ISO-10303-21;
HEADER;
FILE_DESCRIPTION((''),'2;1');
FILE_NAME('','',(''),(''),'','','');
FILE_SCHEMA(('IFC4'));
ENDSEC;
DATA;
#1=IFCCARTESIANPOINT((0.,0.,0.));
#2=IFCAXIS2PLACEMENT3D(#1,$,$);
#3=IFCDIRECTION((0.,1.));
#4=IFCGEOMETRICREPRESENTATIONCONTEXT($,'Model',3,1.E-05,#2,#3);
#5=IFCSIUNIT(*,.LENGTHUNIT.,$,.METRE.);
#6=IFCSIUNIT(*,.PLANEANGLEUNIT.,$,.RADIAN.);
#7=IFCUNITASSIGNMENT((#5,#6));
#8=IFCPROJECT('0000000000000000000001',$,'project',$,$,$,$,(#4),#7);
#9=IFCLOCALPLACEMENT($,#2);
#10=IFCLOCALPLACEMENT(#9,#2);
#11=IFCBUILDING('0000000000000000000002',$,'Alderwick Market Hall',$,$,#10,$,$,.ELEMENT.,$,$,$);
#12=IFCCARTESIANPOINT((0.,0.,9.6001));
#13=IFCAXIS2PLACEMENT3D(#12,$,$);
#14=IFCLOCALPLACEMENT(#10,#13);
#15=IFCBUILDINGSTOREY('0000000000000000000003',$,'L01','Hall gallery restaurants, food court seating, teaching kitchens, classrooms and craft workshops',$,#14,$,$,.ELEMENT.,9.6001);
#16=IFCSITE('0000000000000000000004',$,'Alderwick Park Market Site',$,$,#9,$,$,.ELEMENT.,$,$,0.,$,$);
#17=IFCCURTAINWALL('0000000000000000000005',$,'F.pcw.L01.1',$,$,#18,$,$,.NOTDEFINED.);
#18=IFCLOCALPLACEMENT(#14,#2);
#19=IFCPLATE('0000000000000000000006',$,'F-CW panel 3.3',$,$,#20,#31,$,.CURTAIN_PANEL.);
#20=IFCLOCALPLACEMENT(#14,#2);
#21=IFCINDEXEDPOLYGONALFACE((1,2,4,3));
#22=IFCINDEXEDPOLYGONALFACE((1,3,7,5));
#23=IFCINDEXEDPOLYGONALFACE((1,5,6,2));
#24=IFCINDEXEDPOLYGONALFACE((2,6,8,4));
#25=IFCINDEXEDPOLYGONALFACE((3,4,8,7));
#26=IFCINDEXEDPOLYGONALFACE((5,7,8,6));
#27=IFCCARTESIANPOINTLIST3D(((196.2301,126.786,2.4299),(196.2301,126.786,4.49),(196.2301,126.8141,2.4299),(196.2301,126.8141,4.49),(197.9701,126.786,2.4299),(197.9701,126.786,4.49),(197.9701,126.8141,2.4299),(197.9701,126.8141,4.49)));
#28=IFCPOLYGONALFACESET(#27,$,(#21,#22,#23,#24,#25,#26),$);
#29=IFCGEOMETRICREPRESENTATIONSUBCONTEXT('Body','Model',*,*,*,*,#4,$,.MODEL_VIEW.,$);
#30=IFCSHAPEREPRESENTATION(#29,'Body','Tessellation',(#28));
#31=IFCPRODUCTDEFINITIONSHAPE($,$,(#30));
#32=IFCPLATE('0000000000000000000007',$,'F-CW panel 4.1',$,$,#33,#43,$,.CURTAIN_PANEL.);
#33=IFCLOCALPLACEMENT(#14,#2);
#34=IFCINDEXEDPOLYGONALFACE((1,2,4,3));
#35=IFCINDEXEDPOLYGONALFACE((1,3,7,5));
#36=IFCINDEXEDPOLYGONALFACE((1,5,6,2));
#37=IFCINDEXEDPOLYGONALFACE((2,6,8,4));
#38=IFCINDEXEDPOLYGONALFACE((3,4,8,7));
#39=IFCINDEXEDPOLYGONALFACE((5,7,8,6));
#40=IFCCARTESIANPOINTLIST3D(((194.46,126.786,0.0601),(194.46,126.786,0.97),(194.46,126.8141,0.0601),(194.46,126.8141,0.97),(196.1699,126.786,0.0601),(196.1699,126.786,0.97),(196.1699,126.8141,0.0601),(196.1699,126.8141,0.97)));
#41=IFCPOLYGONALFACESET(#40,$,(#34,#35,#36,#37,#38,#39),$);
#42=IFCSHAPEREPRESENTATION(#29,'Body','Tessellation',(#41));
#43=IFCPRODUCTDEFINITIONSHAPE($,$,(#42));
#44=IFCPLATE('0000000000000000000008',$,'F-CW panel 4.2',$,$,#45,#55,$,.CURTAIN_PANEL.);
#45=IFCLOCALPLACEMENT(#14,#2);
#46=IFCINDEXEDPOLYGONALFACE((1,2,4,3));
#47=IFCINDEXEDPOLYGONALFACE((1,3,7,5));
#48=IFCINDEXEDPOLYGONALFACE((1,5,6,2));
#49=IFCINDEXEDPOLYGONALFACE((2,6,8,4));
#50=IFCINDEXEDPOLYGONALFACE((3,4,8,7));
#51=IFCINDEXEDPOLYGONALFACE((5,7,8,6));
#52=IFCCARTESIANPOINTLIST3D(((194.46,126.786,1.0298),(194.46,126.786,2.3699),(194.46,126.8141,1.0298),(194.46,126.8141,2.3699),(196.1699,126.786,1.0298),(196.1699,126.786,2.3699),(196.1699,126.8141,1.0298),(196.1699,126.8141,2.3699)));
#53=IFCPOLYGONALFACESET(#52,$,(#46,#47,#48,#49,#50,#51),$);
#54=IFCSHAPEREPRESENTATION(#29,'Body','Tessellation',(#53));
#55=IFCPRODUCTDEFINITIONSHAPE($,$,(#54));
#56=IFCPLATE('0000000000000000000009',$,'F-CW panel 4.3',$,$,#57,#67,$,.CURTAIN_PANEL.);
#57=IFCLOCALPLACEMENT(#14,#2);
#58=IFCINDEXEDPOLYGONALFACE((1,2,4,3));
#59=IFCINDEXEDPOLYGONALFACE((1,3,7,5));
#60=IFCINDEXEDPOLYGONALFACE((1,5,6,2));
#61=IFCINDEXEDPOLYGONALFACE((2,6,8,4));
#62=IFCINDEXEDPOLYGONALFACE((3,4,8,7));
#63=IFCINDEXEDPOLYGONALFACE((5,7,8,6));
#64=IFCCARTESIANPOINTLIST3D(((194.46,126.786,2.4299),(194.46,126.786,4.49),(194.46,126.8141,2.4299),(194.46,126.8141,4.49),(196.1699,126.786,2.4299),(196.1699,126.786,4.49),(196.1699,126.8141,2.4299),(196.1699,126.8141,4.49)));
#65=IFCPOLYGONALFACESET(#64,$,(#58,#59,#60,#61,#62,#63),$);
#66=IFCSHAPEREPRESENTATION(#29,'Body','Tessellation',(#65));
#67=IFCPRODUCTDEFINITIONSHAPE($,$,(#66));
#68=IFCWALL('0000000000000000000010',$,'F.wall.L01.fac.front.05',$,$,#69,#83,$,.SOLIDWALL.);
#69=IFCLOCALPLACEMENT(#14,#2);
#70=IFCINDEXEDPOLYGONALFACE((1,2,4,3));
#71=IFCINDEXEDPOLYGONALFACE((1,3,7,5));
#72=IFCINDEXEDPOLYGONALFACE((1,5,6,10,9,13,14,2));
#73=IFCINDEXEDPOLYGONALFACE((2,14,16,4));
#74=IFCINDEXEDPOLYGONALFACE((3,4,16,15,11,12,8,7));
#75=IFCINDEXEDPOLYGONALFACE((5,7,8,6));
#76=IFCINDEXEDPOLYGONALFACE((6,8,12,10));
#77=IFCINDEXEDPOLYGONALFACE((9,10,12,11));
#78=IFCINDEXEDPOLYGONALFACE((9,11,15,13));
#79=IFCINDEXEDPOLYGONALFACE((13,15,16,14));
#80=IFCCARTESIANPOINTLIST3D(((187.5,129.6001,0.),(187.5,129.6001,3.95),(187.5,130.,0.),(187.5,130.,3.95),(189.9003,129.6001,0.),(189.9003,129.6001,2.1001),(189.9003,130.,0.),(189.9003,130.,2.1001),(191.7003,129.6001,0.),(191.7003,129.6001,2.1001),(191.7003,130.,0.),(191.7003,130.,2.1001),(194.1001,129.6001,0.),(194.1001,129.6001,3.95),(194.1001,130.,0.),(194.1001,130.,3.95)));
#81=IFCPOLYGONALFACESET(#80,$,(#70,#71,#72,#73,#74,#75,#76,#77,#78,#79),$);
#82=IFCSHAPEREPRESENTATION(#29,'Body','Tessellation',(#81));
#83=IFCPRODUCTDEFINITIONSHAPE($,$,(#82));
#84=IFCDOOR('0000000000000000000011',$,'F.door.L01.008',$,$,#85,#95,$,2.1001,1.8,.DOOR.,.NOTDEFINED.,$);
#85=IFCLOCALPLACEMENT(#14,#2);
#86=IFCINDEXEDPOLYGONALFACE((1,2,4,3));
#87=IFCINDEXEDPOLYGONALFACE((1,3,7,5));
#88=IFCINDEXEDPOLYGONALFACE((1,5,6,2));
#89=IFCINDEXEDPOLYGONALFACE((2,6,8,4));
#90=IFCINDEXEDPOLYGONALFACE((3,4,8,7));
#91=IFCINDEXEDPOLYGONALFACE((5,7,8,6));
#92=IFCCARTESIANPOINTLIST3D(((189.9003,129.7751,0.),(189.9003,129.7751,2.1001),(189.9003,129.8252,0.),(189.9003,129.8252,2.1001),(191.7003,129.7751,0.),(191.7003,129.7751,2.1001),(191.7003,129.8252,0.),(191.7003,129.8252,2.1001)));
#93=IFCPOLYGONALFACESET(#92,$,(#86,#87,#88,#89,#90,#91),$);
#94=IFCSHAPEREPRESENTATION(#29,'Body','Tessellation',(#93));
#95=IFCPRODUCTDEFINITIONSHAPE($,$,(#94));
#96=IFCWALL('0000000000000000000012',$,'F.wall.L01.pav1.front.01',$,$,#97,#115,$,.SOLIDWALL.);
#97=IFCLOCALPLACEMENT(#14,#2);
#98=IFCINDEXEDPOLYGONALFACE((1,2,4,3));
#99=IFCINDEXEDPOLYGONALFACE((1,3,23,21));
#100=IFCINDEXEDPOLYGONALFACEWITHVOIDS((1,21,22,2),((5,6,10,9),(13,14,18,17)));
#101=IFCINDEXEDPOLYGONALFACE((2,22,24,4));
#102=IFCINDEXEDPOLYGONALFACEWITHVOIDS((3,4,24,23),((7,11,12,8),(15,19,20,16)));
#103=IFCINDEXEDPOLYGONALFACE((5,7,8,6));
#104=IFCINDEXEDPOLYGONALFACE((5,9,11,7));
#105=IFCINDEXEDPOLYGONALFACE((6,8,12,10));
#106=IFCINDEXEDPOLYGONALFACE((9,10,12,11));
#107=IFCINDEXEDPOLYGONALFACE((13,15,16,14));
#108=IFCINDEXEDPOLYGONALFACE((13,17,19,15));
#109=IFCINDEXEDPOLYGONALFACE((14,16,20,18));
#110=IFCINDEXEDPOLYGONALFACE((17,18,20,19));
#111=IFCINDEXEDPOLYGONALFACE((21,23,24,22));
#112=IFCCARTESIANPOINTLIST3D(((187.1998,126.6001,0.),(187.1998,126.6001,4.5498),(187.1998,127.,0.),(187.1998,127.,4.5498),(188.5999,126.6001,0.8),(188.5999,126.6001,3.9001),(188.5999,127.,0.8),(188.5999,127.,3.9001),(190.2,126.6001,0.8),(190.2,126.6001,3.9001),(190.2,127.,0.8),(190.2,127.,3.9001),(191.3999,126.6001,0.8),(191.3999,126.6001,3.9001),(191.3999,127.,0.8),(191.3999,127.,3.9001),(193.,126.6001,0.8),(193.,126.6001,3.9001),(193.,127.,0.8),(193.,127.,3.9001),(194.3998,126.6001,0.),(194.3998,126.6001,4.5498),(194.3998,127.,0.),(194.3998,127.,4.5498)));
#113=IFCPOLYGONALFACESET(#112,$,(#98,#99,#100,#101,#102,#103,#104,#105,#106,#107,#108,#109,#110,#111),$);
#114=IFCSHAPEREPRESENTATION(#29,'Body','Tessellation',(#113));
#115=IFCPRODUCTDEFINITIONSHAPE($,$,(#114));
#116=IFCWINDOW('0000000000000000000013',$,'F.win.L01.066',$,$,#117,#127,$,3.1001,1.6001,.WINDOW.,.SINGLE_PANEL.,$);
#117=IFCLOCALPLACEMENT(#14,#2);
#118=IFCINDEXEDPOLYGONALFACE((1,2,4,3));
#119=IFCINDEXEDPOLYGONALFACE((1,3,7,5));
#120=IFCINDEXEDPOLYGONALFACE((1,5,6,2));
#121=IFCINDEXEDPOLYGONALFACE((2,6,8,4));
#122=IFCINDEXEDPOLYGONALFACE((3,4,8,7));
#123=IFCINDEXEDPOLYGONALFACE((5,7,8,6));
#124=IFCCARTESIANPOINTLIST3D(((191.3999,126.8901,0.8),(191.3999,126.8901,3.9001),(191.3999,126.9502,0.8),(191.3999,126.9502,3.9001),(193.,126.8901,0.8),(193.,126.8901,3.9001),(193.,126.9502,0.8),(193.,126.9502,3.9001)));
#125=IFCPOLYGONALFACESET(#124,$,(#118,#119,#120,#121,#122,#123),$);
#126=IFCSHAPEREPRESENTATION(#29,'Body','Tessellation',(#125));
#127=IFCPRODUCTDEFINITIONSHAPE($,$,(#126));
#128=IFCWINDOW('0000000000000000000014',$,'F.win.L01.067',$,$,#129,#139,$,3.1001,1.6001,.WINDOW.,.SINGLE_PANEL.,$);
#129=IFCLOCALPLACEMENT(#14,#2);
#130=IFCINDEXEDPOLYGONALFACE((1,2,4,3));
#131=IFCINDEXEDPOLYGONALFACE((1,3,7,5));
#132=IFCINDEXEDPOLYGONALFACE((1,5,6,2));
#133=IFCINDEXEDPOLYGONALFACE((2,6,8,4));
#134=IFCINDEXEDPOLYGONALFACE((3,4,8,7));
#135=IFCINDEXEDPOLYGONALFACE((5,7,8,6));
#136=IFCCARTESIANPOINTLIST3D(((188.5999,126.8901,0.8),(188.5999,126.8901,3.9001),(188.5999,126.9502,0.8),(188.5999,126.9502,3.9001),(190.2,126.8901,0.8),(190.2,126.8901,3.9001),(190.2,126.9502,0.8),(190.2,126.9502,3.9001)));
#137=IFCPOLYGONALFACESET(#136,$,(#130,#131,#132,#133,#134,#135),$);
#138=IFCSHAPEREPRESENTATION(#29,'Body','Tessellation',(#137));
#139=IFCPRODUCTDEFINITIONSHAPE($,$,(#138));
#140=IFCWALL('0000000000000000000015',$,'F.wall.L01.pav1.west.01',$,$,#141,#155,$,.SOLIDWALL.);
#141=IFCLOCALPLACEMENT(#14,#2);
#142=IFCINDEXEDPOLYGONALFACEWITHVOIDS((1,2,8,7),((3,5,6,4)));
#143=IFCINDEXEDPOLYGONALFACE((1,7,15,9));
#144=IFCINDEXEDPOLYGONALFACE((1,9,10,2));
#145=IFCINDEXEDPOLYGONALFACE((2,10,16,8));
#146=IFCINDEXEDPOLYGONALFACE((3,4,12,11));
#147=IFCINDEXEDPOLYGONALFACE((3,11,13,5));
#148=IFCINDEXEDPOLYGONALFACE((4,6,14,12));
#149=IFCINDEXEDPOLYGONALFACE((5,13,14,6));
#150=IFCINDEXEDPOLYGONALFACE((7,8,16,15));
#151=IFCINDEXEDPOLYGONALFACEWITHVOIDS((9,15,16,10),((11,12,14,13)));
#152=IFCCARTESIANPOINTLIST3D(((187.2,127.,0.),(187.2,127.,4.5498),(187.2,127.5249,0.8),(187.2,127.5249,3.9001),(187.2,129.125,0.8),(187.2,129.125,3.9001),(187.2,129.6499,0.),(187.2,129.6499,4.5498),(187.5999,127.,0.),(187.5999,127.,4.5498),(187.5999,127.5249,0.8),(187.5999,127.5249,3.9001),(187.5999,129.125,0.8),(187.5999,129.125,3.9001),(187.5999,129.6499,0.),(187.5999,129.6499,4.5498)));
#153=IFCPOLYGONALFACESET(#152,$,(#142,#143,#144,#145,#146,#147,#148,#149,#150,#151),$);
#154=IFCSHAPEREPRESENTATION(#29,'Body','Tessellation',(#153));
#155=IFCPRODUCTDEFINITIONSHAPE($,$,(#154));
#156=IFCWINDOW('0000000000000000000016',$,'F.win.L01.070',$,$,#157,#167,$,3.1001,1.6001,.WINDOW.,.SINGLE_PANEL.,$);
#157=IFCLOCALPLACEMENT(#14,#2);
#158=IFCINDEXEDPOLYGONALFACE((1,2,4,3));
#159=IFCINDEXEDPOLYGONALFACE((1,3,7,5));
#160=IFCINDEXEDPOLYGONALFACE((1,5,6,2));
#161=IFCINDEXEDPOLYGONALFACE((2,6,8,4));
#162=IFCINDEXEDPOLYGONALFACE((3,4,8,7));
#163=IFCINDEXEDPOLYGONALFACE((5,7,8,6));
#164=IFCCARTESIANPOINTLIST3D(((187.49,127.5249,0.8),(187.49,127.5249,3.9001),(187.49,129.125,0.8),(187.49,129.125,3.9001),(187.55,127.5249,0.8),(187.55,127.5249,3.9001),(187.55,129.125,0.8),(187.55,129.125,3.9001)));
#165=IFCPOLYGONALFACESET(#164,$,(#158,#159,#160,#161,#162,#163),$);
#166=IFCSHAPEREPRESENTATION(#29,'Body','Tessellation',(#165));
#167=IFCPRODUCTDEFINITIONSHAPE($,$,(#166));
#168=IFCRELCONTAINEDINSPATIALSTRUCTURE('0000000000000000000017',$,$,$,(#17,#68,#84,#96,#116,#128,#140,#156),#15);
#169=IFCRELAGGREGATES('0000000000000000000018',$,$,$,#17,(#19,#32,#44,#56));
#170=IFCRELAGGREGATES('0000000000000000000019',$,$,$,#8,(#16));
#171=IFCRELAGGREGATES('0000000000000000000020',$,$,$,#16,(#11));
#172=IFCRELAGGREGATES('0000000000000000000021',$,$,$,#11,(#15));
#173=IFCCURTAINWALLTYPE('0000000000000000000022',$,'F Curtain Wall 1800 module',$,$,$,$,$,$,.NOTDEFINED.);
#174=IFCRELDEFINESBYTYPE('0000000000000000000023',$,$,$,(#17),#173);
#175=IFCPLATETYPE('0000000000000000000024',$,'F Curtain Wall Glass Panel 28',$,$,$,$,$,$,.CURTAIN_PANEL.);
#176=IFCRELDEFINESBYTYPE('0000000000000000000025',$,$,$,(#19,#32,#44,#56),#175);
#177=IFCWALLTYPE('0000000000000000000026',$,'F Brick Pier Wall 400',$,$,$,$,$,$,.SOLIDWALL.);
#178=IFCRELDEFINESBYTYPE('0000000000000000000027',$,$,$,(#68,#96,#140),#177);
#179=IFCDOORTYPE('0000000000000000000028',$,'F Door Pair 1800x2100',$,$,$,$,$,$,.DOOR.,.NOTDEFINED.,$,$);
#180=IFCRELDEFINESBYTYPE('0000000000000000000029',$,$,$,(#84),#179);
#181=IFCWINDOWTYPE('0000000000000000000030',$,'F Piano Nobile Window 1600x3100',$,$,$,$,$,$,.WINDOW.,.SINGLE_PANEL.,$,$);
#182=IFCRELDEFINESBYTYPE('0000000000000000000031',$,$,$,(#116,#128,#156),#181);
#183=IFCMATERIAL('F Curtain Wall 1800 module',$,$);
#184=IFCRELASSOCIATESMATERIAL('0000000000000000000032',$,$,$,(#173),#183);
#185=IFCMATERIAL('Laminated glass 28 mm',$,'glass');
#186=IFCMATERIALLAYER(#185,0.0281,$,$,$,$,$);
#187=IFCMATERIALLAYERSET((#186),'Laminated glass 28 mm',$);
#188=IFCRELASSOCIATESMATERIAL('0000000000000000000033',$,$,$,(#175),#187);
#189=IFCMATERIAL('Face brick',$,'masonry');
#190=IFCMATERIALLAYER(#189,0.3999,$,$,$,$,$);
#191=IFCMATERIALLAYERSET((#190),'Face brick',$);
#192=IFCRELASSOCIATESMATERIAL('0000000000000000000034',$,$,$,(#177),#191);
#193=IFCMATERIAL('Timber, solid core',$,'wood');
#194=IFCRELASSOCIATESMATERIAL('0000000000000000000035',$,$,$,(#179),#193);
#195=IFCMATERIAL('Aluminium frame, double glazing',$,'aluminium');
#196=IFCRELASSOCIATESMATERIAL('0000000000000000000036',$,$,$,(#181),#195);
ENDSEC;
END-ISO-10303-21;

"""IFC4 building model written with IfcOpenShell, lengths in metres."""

from ifc_helpers import new_model, si_unit, direction, frame, frame_2d, origin, origin_2d, place, context, subcontext, project, spatial, rectangle, extrude, material, layer, layer_set, type_object, element, fill, aggregate, save


model = new_model("IFC4")

# Units and contexts
model_context = context("Model", 3, precision=1e-05, world=origin(), true_north=direction((0.0, 1.0)))
body_context = subcontext(model_context, "Body", "Model", "MODEL_VIEW")
ifc_project = project(units=[si_unit("LENGTHUNIT", "METRE"), si_unit("PLANEANGLEUNIT", "RADIAN")], contexts=[model_context])

# Site, building, storey
site_placement = place(None, origin())
site = spatial("IfcSite", under=ifc_project, at=site_placement, Name="Alderwick Park Market Site", CompositionType="ELEMENT", RefElevation=0.0)
building_placement = place(site_placement, origin())
building = spatial("IfcBuilding", under=site, at=building_placement, Name="Alderwick Market Hall", CompositionType="ELEMENT")
storey_placement = place(building_placement, frame((0.0, 0.0, 9.6001)))
storey = spatial("IfcBuildingStorey", under=building, at=storey_placement, Name="L01", Description="Hall gallery restaurants, food court seating, teaching kitchens, classrooms and craft workshops", CompositionType="ELEMENT", Elevation=9.6001)

# Shared definitions
ifc_material_1 = material(Name="F Curtain Wall 1800 module")
curtain_wall_type = type_object("IfcCurtainWallType", Name="F Curtain Wall 1800 module", PredefinedType="NOTDEFINED", material=ifc_material_1)

# Curtain wall
curtain_wall_1_placement = place(storey_placement, origin())
curtain_wall_1 = element("IfcCurtainWall", 1, at=curtain_wall_1_placement, inside=storey, type_object=curtain_wall_type, Name="F.pcw.L01.1", PredefinedType="NOTDEFINED")

# Plates
ifc_material_2 = material(Name="Laminated glass 28 mm", Category="glass")
ifc_layer_1 = layer(ifc_material_2, 0.0281)
ifc_layer_set_1 = layer_set([ifc_layer_1], Name="Laminated glass 28 mm")
plate_type = type_object("IfcPlateType", Name="F Curtain Wall Glass Panel 28", PredefinedType="CURTAIN_PANEL", material=ifc_layer_set_1)
plate_1_placement = place(storey_placement, frame((197.1001, 126.8, 2.4299), z_axis=(0.0, 0.0, 1.0), x_axis=(-1.0, 0.0, 0.0)))
plate_1 = element("IfcPlate", 2, at=plate_1_placement, type_object=plate_type, Name="F-CW panel 3.3", PredefinedType="CURTAIN_PANEL", context=body_context, shape_type="SweptSolid", body=[
    extrude(rectangle(XDim=1.74, YDim=0.0281, at=origin_2d()), origin(), (0.0, 0.0, 1.0), 2.0601),
])
plate_2_placement = place(storey_placement, frame((195.3149, 126.8, 0.0601), z_axis=(0.0, 0.0, 1.0), x_axis=(-1.0, 0.0, 0.0)))
plate_2 = element("IfcPlate", 3, at=plate_2_placement, type_object=plate_type, Name="F-CW panel 4.1", PredefinedType="CURTAIN_PANEL", context=body_context, shape_type="SweptSolid", body=[
    extrude(rectangle(XDim=1.71, YDim=0.0281, at=origin_2d()), origin(), (0.0, 0.0, 1.0), 0.9099),
])
plate_3_placement = place(storey_placement, frame((195.3149, 126.8, 1.0298), z_axis=(0.0, 0.0, 1.0), x_axis=(-1.0, 0.0, 0.0)))
plate_3 = element("IfcPlate", 4, at=plate_3_placement, type_object=plate_type, Name="F-CW panel 4.2", PredefinedType="CURTAIN_PANEL", context=body_context, shape_type="SweptSolid", body=[
    extrude(rectangle(XDim=1.71, YDim=0.0281, at=origin_2d()), origin(), (0.0, 0.0, 1.0), 1.3401),
])
plate_4_placement = place(storey_placement, frame((195.3149, 126.8, 2.4299), z_axis=(0.0, 0.0, 1.0), x_axis=(-1.0, 0.0, 0.0)))
plate_4 = element("IfcPlate", 5, at=plate_4_placement, type_object=plate_type, Name="F-CW panel 4.3", PredefinedType="CURTAIN_PANEL", context=body_context, shape_type="SweptSolid", body=[
    extrude(rectangle(XDim=1.71, YDim=0.0281, at=origin_2d()), origin(), (0.0, 0.0, 1.0), 2.0601),
])
aggregate(curtain_wall_1, [plate_1, plate_2, plate_3, plate_4])

# Wall, opening, door
ifc_material_3 = material(Name="Face brick", Category="masonry")
ifc_layer_2 = layer(ifc_material_3, 0.3999)
ifc_layer_set_2 = layer_set([ifc_layer_2], Name="Face brick")
wall_type = type_object("IfcWallType", Name="F Brick Pier Wall 400", PredefinedType="SOLIDWALL", material=ifc_layer_set_2)
wall_1_placement = place(storey_placement, frame((194.1001, 129.8, 0.0), z_axis=(0.0, 0.0, 1.0), x_axis=(-1.0, 0.0, 0.0)))
wall_1 = element("IfcWall", 6, at=wall_1_placement, inside=storey, type_object=wall_type, Name="F.wall.L01.fac.front.05", PredefinedType="SOLIDWALL", context=body_context, shape_type="SweptSolid", body=[
    extrude(rectangle(XDim=6.6001, YDim=0.3999, at=frame_2d((3.3, 0.0))), origin(), (0.0, 0.0, 1.0), 3.95),
])
opening_1_placement = place(wall_1_placement, frame((2.3999, 0.0, 0.0)))
opening_1 = element("IfcOpeningElement", 7, at=opening_1_placement, cuts=wall_1, PredefinedType="OPENING", context=body_context, shape_type="SweptSolid", body=[
    extrude(rectangle(XDim=1.8, YDim=2.1001, at=frame_2d((0.8999, 1.05))), frame((0.0, 0.21, 0.0), z_axis=(0.0, -1.0, 0.0), x_axis=(1.0, 0.0, 0.0)), (0.0, 0.0, 1.0), 0.4199),
])
ifc_material_4 = material(Name="Timber, solid core", Category="wood")
door_type = type_object("IfcDoorType", Name="F Door Pair 1800x2100", OperationType="NOTDEFINED", PredefinedType="DOOR", material=ifc_material_4)
door_placement = place(opening_1_placement, origin())
door = element("IfcDoor", 8, at=door_placement, inside=storey, type_object=door_type, Name="F.door.L01.008", OperationType="NOTDEFINED", OverallHeight=2.1001, OverallWidth=1.8, PredefinedType="DOOR", context=body_context, shape_type="SweptSolid", body=[
    extrude(rectangle(XDim=1.8, YDim=2.1001, at=frame_2d((0.8999, 1.05))), frame((0.0, 0.0249, 0.0), z_axis=(0.0, -1.0, 0.0), x_axis=(1.0, 0.0, 0.0)), (0.0, 0.0, 1.0), 0.05),
])
fill(opening_1, door)

# Wall, openings, windows
wall_2_placement = place(storey_placement, frame((194.3999, 126.8, 0.0), z_axis=(0.0, 0.0, 1.0), x_axis=(-1.0, 0.0, 0.0)))
wall_2 = element("IfcWall", 9, at=wall_2_placement, inside=storey, type_object=wall_type, Name="F.wall.L01.pav1.front.01", PredefinedType="SOLIDWALL", context=body_context, shape_type="SweptSolid", body=[
    extrude(rectangle(XDim=7.2, YDim=0.3999, at=frame_2d((3.6001, 0.0))), origin(), (0.0, 0.0, 1.0), 4.5498),
])
opening_2_placement = place(wall_2_placement, frame((1.3999, 0.0, 0.8)))
opening_2 = element("IfcOpeningElement", 10, at=opening_2_placement, cuts=wall_2, PredefinedType="OPENING", context=body_context, shape_type="SweptSolid", body=[
    extrude(rectangle(XDim=1.6001, YDim=3.1001, at=frame_2d((0.8, 1.55))), frame((0.0, 0.21, 0.0), z_axis=(0.0, -1.0, 0.0), x_axis=(1.0, 0.0, 0.0)), (0.0, 0.0, 1.0), 0.4199),
])
opening_3_placement = place(wall_2_placement, frame((4.2, 0.0, 0.8)))
opening_3 = element("IfcOpeningElement", 11, at=opening_3_placement, cuts=wall_2, PredefinedType="OPENING", context=body_context, shape_type="SweptSolid", body=[
    extrude(rectangle(XDim=1.6001, YDim=3.1001, at=frame_2d((0.8, 1.55))), frame((0.0, 0.21, 0.0), z_axis=(0.0, -1.0, 0.0), x_axis=(1.0, 0.0, 0.0)), (0.0, 0.0, 1.0), 0.4199),
])
ifc_material_5 = material(Name="Aluminium frame, double glazing", Category="aluminium")
window_type = type_object("IfcWindowType", Name="F Piano Nobile Window 1600x3100", PartitioningType="SINGLE_PANEL", PredefinedType="WINDOW", material=ifc_material_5)
window_1_placement = place(opening_2_placement, origin())
window_1 = element("IfcWindow", 12, at=window_1_placement, inside=storey, type_object=window_type, Name="F.win.L01.066", OverallHeight=3.1001, OverallWidth=1.6001, PartitioningType="SINGLE_PANEL", PredefinedType="WINDOW", context=body_context, shape_type="SweptSolid", body=[
    extrude(rectangle(XDim=1.6001, YDim=3.1001, at=frame_2d((0.8, 1.55))), frame((0.0, -0.0901, 0.0), z_axis=(0.0, -1.0, 0.0), x_axis=(1.0, 0.0, 0.0)), (0.0, 0.0, 1.0), 0.0601),
])
fill(opening_2, window_1)
window_2_placement = place(opening_3_placement, origin())
window_2 = element("IfcWindow", 13, at=window_2_placement, inside=storey, type_object=window_type, Name="F.win.L01.067", OverallHeight=3.1001, OverallWidth=1.6001, PartitioningType="SINGLE_PANEL", PredefinedType="WINDOW", context=body_context, shape_type="SweptSolid", body=[
    extrude(rectangle(XDim=1.6001, YDim=3.1001, at=frame_2d((0.8, 1.55))), frame((0.0, -0.0901, 0.0), z_axis=(0.0, -1.0, 0.0), x_axis=(1.0, 0.0, 0.0)), (0.0, 0.0, 1.0), 0.0601),
])
fill(opening_3, window_2)

# Wall, opening, window
wall_3_placement = place(storey_placement, frame((187.3999, 127.0, 0.0), z_axis=(0.0, 0.0, 1.0), x_axis=(0.0, 1.0, 0.0)))
wall_3 = element("IfcWall", 14, at=wall_3_placement, inside=storey, type_object=wall_type, Name="F.wall.L01.pav1.west.01", PredefinedType="SOLIDWALL", context=body_context, shape_type="SweptSolid", body=[
    extrude(rectangle(XDim=2.6499, YDim=0.3999, at=frame_2d((1.325, 0.0))), origin(), (0.0, 0.0, 1.0), 4.5498),
])
opening_4_placement = place(wall_3_placement, frame((0.5249, 0.0, 0.8)))
opening_4 = element("IfcOpeningElement", 15, at=opening_4_placement, cuts=wall_3, PredefinedType="OPENING", context=body_context, shape_type="SweptSolid", body=[
    extrude(rectangle(XDim=1.6001, YDim=3.1001, at=frame_2d((0.8, 1.55))), frame((0.0, 0.21, 0.0), z_axis=(0.0, -1.0, 0.0), x_axis=(1.0, 0.0, 0.0)), (0.0, 0.0, 1.0), 0.4199),
])
window_3_placement = place(opening_4_placement, origin())
window_3 = element("IfcWindow", 16, at=window_3_placement, inside=storey, type_object=window_type, Name="F.win.L01.070", OverallHeight=3.1001, OverallWidth=1.6001, PartitioningType="SINGLE_PANEL", PredefinedType="WINDOW", context=body_context, shape_type="SweptSolid", body=[
    extrude(rectangle(XDim=1.6001, YDim=3.1001, at=frame_2d((0.8, 1.55))), frame((0.0, -0.0901, 0.0), z_axis=(0.0, -1.0, 0.0), x_axis=(1.0, 0.0, 0.0)), (0.0, 0.0, 1.0), 0.0601),
])
fill(opening_4, window_3)

save(model, "model.ifc")
